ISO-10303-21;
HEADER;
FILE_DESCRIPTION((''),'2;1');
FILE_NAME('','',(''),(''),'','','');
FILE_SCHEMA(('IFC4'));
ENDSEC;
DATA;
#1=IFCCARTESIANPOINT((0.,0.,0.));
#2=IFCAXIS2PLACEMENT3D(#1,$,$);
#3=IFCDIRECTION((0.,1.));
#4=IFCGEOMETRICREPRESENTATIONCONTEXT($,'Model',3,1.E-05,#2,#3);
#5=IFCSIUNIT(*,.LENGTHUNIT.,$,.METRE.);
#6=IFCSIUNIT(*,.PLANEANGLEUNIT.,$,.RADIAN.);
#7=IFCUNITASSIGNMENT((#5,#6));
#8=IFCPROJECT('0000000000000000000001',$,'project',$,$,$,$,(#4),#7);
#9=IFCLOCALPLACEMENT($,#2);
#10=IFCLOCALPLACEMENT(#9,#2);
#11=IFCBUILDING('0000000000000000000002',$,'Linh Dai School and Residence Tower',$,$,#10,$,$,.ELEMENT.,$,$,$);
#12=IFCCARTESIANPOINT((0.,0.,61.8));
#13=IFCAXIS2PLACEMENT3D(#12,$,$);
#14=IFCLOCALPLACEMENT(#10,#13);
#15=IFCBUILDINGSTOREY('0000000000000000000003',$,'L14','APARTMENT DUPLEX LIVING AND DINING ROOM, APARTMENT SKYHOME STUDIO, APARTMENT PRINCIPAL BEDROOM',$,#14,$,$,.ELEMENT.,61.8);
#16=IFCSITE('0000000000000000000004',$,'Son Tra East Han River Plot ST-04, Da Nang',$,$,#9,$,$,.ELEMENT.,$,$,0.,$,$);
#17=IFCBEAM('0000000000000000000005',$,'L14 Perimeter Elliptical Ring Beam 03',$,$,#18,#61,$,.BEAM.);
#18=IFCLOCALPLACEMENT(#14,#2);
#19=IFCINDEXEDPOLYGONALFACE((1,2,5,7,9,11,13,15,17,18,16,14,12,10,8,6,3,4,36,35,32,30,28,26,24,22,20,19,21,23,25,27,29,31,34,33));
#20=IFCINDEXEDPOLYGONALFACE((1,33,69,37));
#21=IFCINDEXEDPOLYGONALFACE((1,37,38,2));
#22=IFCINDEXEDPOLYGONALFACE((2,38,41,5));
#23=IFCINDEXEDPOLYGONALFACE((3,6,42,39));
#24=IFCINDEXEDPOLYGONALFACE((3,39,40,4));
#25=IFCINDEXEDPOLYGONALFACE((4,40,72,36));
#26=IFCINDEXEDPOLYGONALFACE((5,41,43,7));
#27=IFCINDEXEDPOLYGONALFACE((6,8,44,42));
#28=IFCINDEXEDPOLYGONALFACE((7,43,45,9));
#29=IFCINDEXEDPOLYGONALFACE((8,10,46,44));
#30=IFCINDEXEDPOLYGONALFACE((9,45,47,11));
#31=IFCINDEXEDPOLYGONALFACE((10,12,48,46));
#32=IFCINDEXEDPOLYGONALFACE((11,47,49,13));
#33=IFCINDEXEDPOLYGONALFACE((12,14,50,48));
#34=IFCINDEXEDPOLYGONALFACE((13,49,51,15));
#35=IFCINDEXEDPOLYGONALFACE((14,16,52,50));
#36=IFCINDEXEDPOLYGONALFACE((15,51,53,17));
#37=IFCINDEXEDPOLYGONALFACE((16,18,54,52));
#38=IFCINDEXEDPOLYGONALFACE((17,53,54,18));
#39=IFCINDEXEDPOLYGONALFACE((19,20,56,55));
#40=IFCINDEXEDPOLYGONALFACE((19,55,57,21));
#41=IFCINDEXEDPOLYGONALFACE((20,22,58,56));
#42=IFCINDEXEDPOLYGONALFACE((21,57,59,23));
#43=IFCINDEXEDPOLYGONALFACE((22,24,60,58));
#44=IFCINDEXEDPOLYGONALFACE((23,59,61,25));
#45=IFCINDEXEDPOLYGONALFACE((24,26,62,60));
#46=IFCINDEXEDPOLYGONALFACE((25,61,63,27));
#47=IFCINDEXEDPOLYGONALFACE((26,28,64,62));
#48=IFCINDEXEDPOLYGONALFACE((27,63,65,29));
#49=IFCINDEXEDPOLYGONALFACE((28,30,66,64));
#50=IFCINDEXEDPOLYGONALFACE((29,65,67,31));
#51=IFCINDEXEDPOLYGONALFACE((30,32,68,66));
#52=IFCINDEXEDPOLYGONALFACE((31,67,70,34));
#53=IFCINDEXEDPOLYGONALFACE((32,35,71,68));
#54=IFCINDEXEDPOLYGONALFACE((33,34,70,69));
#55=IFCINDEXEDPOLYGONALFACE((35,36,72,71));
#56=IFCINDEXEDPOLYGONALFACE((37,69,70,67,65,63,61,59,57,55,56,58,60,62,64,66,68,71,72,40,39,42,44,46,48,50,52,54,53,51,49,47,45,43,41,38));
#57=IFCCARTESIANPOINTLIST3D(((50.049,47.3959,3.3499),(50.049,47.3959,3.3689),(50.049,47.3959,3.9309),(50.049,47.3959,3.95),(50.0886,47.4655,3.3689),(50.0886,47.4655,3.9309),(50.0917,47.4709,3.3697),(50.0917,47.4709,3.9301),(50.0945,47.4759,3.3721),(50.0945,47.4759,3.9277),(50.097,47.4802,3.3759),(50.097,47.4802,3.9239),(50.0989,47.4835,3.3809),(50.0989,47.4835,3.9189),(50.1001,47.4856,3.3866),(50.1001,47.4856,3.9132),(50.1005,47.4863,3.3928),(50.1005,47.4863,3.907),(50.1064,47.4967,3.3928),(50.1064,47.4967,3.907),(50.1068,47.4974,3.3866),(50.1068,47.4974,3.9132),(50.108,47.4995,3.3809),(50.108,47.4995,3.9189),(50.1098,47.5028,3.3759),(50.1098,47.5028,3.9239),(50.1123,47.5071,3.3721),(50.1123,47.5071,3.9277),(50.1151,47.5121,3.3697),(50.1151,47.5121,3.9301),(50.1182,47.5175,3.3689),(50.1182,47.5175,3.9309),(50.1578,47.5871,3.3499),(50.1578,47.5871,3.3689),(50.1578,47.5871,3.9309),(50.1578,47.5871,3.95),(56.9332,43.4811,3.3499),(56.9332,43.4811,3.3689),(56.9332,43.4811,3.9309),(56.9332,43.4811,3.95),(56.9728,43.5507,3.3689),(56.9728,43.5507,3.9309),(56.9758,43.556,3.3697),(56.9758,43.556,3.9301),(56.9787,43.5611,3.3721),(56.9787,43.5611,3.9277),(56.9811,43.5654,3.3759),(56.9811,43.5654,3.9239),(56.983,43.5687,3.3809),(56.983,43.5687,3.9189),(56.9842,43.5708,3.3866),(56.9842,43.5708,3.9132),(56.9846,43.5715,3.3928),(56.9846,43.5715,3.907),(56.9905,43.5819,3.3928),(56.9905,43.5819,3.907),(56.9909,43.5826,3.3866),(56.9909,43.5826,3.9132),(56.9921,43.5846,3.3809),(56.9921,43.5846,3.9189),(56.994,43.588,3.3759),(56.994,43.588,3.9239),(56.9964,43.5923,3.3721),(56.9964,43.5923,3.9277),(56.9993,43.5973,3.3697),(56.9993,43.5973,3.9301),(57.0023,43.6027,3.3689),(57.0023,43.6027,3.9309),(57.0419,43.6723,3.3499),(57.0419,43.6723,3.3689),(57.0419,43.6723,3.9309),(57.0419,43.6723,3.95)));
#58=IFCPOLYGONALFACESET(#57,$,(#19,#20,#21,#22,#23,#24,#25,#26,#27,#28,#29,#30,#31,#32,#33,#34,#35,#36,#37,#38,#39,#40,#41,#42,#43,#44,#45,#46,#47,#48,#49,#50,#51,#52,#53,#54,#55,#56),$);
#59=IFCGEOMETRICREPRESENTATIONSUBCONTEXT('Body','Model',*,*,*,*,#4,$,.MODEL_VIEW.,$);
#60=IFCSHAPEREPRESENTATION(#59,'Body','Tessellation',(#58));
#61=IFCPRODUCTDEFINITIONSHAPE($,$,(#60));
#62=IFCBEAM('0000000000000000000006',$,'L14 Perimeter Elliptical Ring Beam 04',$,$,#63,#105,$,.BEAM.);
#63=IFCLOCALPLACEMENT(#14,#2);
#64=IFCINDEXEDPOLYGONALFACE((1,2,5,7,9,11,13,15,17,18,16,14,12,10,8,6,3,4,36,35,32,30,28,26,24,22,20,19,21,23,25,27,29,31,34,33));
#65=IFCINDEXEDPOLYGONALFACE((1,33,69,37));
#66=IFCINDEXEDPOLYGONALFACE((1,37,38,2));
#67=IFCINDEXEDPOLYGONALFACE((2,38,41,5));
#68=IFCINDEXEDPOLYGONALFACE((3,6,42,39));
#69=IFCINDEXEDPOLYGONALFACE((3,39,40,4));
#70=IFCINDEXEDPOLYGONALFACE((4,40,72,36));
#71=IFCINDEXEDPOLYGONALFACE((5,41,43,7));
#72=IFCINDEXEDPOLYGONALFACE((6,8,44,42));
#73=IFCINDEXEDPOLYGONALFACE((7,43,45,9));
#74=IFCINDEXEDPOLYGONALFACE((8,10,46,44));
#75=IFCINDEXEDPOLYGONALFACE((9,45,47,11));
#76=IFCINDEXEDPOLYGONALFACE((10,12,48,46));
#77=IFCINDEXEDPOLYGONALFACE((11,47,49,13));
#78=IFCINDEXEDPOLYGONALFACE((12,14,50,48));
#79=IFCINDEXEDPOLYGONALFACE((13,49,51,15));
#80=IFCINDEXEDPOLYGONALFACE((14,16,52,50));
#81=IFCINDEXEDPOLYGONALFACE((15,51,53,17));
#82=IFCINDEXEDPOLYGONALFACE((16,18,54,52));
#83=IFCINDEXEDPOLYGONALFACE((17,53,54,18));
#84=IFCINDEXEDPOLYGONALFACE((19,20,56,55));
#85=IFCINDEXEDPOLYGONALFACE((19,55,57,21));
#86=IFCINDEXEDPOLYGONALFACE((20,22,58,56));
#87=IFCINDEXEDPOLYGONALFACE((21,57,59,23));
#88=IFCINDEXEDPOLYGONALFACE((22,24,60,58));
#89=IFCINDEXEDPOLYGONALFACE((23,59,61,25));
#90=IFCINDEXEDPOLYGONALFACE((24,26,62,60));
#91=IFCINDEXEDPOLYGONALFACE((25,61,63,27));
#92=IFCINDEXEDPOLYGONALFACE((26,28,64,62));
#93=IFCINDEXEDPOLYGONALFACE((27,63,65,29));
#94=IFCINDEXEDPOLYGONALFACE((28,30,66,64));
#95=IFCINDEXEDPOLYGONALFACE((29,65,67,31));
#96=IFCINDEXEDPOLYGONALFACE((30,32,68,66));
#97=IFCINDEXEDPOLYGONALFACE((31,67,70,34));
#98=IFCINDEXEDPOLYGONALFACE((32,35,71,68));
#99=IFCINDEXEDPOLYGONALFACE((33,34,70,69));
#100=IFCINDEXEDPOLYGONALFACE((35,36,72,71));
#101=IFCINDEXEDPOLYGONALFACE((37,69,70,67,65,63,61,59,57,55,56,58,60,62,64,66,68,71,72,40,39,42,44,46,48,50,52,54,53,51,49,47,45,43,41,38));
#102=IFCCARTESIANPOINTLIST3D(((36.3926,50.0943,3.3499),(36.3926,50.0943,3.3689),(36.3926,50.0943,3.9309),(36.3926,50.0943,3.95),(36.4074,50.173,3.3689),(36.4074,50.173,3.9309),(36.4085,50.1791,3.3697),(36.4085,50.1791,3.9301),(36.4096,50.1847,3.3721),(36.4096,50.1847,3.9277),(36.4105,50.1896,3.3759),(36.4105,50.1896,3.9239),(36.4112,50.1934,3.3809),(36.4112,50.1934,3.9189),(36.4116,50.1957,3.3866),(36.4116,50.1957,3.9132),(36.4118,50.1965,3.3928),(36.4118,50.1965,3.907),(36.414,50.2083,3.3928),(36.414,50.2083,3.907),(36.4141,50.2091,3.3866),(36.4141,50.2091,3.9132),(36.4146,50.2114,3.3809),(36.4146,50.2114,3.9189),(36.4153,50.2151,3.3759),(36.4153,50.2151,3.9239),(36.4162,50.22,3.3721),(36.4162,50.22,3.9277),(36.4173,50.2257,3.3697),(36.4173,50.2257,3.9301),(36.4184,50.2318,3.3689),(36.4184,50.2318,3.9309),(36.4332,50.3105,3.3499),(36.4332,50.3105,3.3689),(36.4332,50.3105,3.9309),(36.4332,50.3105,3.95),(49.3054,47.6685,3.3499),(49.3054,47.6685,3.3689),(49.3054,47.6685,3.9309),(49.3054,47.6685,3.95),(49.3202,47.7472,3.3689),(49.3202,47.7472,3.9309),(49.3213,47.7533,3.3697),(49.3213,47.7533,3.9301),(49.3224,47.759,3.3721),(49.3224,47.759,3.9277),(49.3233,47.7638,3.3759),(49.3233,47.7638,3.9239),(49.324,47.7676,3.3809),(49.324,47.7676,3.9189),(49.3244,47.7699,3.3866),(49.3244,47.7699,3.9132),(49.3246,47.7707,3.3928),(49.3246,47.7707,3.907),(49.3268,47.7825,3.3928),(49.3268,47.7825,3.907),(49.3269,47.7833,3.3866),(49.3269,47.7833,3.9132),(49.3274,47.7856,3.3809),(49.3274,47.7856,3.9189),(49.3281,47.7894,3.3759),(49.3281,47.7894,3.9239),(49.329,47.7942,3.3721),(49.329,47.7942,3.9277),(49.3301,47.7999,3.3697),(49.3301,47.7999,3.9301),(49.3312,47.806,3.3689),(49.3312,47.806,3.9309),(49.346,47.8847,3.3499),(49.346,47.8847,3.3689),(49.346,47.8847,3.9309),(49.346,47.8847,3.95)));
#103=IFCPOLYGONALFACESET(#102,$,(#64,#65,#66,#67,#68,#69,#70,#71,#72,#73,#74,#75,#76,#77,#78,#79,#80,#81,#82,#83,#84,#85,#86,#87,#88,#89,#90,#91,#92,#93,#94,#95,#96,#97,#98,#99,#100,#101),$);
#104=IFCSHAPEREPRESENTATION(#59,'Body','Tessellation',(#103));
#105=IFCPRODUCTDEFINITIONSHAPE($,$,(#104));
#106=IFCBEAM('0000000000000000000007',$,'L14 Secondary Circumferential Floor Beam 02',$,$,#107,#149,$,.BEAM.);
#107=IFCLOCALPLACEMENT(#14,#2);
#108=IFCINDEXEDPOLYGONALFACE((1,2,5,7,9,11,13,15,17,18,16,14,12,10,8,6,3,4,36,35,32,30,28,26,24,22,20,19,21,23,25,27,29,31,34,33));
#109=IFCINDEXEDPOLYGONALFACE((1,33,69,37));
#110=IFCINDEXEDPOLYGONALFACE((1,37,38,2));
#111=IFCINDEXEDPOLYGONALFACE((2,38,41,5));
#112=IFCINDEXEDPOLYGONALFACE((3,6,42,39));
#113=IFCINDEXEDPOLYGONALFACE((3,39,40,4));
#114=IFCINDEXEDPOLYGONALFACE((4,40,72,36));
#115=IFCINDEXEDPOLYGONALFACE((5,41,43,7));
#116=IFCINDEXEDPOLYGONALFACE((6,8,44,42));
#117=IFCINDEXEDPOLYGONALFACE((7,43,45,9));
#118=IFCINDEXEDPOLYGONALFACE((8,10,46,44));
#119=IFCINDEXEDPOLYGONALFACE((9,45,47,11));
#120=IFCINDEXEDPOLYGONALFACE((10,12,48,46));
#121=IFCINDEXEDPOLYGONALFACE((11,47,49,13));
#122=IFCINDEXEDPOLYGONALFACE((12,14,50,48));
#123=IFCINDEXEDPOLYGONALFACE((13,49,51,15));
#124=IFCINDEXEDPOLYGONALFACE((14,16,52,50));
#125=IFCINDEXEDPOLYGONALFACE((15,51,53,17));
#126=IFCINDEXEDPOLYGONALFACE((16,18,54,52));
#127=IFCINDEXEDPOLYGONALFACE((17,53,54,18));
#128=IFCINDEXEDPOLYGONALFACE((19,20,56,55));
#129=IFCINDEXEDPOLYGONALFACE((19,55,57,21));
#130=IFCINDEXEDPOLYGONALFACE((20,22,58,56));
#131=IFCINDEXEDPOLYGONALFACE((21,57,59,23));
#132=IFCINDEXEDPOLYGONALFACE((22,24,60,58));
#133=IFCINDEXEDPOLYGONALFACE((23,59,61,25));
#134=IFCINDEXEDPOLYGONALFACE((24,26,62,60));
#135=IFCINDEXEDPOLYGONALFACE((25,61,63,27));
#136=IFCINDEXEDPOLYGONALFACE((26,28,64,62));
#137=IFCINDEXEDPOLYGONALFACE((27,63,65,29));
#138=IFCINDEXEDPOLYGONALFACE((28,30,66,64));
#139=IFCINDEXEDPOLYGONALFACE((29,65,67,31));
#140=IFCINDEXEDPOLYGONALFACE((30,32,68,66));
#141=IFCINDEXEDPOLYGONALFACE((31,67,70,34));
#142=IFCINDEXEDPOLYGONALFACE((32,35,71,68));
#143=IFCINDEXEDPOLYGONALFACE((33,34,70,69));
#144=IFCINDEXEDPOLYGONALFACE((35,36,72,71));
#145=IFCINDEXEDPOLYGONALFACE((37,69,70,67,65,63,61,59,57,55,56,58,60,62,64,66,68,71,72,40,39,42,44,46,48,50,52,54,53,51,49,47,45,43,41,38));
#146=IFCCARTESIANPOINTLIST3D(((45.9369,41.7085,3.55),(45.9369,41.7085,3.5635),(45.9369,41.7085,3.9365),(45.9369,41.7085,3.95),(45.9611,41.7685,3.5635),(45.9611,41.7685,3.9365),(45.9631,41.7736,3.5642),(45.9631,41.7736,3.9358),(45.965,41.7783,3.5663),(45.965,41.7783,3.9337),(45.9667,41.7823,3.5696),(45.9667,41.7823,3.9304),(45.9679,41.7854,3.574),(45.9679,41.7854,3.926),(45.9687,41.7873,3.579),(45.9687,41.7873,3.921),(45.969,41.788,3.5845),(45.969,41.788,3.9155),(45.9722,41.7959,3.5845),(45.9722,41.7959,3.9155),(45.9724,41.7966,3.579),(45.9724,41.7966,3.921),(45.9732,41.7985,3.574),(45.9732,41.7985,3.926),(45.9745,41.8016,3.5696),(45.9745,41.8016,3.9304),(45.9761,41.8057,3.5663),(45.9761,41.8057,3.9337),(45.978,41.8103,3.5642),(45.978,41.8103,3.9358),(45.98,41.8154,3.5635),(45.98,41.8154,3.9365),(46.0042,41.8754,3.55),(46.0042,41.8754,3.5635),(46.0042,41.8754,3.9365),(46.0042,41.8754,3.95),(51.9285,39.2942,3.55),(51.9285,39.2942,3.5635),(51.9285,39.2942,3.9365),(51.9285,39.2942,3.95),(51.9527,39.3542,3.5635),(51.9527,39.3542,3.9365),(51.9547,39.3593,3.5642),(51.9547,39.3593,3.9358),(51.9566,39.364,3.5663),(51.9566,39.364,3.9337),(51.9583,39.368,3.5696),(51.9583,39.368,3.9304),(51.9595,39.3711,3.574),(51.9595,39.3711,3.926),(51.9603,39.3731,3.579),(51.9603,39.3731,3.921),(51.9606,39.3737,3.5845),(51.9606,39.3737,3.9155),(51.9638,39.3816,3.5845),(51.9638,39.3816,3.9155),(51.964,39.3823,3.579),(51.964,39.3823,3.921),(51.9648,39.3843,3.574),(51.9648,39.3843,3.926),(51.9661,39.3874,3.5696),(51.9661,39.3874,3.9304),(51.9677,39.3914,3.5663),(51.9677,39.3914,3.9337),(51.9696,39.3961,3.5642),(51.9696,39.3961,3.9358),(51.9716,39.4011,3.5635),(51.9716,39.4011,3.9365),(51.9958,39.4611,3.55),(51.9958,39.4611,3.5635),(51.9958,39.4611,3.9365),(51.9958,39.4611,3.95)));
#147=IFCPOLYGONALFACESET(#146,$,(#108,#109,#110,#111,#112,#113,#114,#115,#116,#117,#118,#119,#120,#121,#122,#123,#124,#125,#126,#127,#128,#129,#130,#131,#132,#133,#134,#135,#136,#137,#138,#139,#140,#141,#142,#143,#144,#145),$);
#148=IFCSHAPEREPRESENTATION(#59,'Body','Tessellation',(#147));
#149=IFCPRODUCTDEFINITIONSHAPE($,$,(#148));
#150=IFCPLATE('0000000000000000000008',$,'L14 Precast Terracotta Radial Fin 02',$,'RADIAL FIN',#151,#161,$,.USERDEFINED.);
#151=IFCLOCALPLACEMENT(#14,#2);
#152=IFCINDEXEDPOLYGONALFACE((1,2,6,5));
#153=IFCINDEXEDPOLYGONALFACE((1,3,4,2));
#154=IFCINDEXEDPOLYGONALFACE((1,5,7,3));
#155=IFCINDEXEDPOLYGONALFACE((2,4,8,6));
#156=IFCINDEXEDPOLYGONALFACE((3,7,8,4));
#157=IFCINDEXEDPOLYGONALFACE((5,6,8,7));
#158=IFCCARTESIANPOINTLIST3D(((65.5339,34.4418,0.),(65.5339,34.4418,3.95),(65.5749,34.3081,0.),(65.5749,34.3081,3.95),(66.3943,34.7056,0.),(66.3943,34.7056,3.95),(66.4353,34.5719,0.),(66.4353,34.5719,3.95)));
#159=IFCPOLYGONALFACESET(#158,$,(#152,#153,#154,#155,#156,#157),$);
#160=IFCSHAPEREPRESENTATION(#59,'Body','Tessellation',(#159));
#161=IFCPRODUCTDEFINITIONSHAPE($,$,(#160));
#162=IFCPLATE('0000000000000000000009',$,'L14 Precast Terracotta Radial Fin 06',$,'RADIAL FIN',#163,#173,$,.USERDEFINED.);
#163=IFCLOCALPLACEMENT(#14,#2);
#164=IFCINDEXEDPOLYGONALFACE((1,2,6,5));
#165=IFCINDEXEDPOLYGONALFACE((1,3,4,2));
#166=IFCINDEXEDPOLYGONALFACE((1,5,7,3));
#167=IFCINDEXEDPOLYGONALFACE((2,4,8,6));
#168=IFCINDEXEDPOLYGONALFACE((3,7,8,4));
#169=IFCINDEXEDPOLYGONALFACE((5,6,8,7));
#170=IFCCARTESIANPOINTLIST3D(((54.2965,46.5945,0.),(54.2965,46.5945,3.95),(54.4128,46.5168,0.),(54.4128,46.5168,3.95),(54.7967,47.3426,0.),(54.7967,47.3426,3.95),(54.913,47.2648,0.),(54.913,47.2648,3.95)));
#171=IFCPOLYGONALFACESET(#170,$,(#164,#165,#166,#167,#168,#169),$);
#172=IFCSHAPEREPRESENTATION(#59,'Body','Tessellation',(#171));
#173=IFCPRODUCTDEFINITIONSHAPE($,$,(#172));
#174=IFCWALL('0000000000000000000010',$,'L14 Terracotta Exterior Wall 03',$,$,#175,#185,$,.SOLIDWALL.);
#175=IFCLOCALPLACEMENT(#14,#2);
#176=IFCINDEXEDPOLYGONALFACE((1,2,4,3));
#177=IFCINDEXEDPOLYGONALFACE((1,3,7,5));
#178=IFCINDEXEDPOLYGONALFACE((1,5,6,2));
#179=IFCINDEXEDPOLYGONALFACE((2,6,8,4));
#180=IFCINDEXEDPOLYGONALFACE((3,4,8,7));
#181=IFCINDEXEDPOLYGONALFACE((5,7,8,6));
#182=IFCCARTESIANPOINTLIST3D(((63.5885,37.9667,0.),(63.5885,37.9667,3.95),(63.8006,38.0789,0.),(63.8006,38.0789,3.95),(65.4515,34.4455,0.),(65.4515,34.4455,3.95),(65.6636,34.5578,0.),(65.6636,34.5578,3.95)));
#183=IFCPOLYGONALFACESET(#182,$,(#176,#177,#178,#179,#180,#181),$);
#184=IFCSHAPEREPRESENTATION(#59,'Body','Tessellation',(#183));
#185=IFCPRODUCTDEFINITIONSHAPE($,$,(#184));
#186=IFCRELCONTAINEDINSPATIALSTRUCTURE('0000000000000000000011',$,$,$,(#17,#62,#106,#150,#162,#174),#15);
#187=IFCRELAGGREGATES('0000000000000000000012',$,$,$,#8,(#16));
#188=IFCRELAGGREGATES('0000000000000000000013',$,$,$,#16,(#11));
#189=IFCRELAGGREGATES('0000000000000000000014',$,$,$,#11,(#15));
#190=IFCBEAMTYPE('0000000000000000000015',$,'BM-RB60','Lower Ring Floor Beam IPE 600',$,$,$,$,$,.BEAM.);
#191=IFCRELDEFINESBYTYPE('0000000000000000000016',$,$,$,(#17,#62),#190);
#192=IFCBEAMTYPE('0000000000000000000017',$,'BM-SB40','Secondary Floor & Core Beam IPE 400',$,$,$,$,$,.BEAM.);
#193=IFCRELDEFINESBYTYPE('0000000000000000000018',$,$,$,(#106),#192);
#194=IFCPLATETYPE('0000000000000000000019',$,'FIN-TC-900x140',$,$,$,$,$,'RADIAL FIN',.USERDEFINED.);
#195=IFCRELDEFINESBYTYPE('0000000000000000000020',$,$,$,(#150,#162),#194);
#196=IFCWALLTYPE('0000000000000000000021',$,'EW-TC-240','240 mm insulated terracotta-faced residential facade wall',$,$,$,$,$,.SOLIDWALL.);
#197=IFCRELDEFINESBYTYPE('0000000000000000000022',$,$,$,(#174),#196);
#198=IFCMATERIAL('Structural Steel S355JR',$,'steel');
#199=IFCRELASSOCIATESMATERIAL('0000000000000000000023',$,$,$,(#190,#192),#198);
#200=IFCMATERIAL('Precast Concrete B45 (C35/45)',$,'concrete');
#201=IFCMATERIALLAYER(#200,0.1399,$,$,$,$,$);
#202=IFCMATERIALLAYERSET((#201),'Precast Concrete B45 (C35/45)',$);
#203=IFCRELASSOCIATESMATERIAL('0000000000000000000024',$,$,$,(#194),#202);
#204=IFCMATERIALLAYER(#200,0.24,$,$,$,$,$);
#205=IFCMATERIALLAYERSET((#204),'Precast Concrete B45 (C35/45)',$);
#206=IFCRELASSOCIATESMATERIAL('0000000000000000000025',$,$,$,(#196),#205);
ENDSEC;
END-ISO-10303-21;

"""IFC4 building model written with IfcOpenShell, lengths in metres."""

from ifc_helpers import new_model, si_unit, direction, frame, frame_2d, origin, origin_2d, place, context, subcontext, project, spatial, rectangle, i_section, extrude, source, transform, mapped, material, layer, layer_set, material_profile, profile_set, type_object, element, save


model = new_model("IFC4")

# Units and contexts
model_context = context("Model", 3, precision=1e-05, world=origin(), true_north=direction((0.0, 1.0)))
body_context = subcontext(model_context, "Body", "Model", "MODEL_VIEW")
ifc_project = project(units=[si_unit("LENGTHUNIT", "METRE"), si_unit("PLANEANGLEUNIT", "RADIAN")], contexts=[model_context])

# Site, building, storey
site_placement = place(None, origin())
site = spatial("IfcSite", under=ifc_project, at=site_placement, Name="Son Tra East Han River Plot ST-04, Da Nang", CompositionType="ELEMENT", RefElevation=0.0)
building_placement = place(site_placement, origin())
building = spatial("IfcBuilding", under=site, at=building_placement, Name="Linh Dai School and Residence Tower", CompositionType="ELEMENT")
storey_placement = place(building_placement, frame((0.0, 0.0, 61.8)))
storey = spatial("IfcBuildingStorey", under=building, at=storey_placement, Name="L14", Description="APARTMENT DUPLEX LIVING AND DINING ROOM, APARTMENT SKYHOME STUDIO, APARTMENT PRINCIPAL BEDROOM", CompositionType="ELEMENT", Elevation=61.8)

# Shared definitions
ifc_material_1 = material(Name="Structural Steel S355JR", Category="steel")

# Beams
ifc_material_profile_1 = material_profile(ifc_material_1, i_section(OverallWidth=0.22, OverallDepth=0.6001, WebThickness=0.012, FlangeThickness=0.019, FilletRadius=0.0239, at=origin_2d()), Name="IPE 600")
ifc_profile_set_1 = profile_set([ifc_material_profile_1], Name="Structural Steel S355JR")
beam_type_1 = type_object("IfcBeamType", Name="BM-RB60", Description="Lower Ring Floor Beam IPE 600", PredefinedType="BEAM", material=ifc_profile_set_1)
beam_1_placement = place(storey_placement, frame((56.9875, 43.5767, 3.6499), z_axis=(-0.869271, 0.494335, 0.0), x_axis=(-0.494335, -0.869271, 0.0)))
element("IfcBeam", 1, at=beam_1_placement, inside=storey, type_object=beam_type_1, Name="L14 Perimeter Elliptical Ring Beam 03", PredefinedType="BEAM", context=body_context, shape_type="SweptSolid", body=[
    extrude(i_section(OverallWidth=0.22, OverallDepth=0.6001, WebThickness=0.012, FlangeThickness=0.019, FilletRadius=0.0239, at=origin_2d()), origin(), (0.0, 0.0, 1.0), 7.9194),
])
beam_2_placement = place(storey_placement, frame((49.3257, 47.7766, 3.6499), z_axis=(-0.982808, 0.184628, 0.0), x_axis=(-0.184628, -0.982808, 0.0)))
element("IfcBeam", 2, at=beam_2_placement, inside=storey, type_object=beam_type_1, Name="L14 Perimeter Elliptical Ring Beam 04", PredefinedType="BEAM", context=body_context, shape_type="SweptSolid", body=[
    extrude(i_section(OverallWidth=0.22, OverallDepth=0.6001, WebThickness=0.012, FlangeThickness=0.019, FilletRadius=0.0239, at=origin_2d()), origin(), (0.0, 0.0, 1.0), 13.1387),
])
ifc_material_profile_2 = material_profile(ifc_material_1, i_section(OverallWidth=0.1799, OverallDepth=0.3999, WebThickness=0.0085, FlangeThickness=0.0134, FilletRadius=0.021, at=origin_2d()), Name="IPE 400")
ifc_profile_set_2 = profile_set([ifc_material_profile_2], Name="Structural Steel S355JR")
beam_type_2 = type_object("IfcBeamType", Name="BM-SB40", Description="Secondary Floor & Core Beam IPE 400", PredefinedType="BEAM", material=ifc_profile_set_2)
beam_3_placement = place(storey_placement, frame((51.9622, 39.3777, 3.75), z_axis=(-0.927533, 0.373742, 0.0), x_axis=(-0.373742, -0.927533, 0.0)))
element("IfcBeam", 3, at=beam_3_placement, inside=storey, type_object=beam_type_2, Name="L14 Secondary Circumferential Floor Beam 02", PredefinedType="BEAM", context=body_context, shape_type="SweptSolid", body=[
    extrude(i_section(OverallWidth=0.1799, OverallDepth=0.3999, WebThickness=0.0085, FlangeThickness=0.0134, FilletRadius=0.021, at=origin_2d()), origin(), (0.0, 0.0, 1.0), 6.4597),
])

# Plates
ifc_material_2 = material(Name="Precast Concrete B45 (C35/45)", Category="concrete")
ifc_layer_1 = layer(ifc_material_2, 0.1399)
ifc_layer_set_1 = layer_set([ifc_layer_1], Name="Precast Concrete B45 (C35/45)")
plate_type = type_object("IfcPlateType", Name="FIN-TC-900x140", ElementType="RADIAL FIN", PredefinedType="USERDEFINED", material=ifc_layer_set_1)
shared_shape_1 = source(origin(), body_context, "Body", "SweptSolid", [
    extrude(rectangle(XDim=0.8999, YDim=0.1399, at=origin_2d()), origin(), (0.0, 0.0, 1.0), 3.95),
])
for number, where, z_axis, x_axis, name in (
    (4, (65.9846, 34.5068, 0.0), (0.0, 0.0, 1.0), (0.956068, 0.293146, 0.0), "L14 Precast Terracotta Radial Fin 02"),
    (5, (54.6047, 46.9297, 0.0), (0.0, 0.0, 1.0), (0.555898, 0.831251, 0.0), "L14 Precast Terracotta Radial Fin 06"),
):
    element("IfcPlate", number, at=place(storey_placement, frame(where, z_axis=z_axis, x_axis=x_axis)), inside=storey, type_object=plate_type, Name=name, ObjectType="RADIAL FIN", PredefinedType="USERDEFINED", context=body_context, shape_type="MappedRepresentation", body=[
        mapped(shared_shape_1, transform((0.0, 0.0, 0.0), x_axis=(1.0, 0.0, 0.0), y_axis=(0.0, 1.0, 0.0), z_axis=(0.0, 0.0, 1.0), scale=1.0)),
    ])

# Wall
ifc_layer_2 = layer(ifc_material_2, 0.24)
ifc_layer_set_2 = layer_set([ifc_layer_2], Name="Precast Concrete B45 (C35/45)")
wall_type_1 = type_object("IfcWallType", Name="EW-TC-240", Description="240 mm insulated terracotta-faced residential facade wall", PredefinedType="SOLIDWALL", material=ifc_layer_set_2)
wall_1_placement = place(storey_placement, frame((63.6946, 38.0227, 0.0), z_axis=(0.0, 0.0, 1.0), x_axis=(0.467662, -0.883907, 0.0)))
element("IfcWall", 6, at=wall_1_placement, inside=storey, type_object=wall_type_1, Name="L14 Terracotta Exterior Wall 03", PredefinedType="SOLIDWALL", context=body_context, shape_type="SweptSolid", body=[
    extrude(rectangle(XDim=3.9836, YDim=0.24, at=frame_2d((1.9917, 0.0))), origin(), (0.0, 0.0, 1.0), 3.95),
])

save(model, "model.ifc")
